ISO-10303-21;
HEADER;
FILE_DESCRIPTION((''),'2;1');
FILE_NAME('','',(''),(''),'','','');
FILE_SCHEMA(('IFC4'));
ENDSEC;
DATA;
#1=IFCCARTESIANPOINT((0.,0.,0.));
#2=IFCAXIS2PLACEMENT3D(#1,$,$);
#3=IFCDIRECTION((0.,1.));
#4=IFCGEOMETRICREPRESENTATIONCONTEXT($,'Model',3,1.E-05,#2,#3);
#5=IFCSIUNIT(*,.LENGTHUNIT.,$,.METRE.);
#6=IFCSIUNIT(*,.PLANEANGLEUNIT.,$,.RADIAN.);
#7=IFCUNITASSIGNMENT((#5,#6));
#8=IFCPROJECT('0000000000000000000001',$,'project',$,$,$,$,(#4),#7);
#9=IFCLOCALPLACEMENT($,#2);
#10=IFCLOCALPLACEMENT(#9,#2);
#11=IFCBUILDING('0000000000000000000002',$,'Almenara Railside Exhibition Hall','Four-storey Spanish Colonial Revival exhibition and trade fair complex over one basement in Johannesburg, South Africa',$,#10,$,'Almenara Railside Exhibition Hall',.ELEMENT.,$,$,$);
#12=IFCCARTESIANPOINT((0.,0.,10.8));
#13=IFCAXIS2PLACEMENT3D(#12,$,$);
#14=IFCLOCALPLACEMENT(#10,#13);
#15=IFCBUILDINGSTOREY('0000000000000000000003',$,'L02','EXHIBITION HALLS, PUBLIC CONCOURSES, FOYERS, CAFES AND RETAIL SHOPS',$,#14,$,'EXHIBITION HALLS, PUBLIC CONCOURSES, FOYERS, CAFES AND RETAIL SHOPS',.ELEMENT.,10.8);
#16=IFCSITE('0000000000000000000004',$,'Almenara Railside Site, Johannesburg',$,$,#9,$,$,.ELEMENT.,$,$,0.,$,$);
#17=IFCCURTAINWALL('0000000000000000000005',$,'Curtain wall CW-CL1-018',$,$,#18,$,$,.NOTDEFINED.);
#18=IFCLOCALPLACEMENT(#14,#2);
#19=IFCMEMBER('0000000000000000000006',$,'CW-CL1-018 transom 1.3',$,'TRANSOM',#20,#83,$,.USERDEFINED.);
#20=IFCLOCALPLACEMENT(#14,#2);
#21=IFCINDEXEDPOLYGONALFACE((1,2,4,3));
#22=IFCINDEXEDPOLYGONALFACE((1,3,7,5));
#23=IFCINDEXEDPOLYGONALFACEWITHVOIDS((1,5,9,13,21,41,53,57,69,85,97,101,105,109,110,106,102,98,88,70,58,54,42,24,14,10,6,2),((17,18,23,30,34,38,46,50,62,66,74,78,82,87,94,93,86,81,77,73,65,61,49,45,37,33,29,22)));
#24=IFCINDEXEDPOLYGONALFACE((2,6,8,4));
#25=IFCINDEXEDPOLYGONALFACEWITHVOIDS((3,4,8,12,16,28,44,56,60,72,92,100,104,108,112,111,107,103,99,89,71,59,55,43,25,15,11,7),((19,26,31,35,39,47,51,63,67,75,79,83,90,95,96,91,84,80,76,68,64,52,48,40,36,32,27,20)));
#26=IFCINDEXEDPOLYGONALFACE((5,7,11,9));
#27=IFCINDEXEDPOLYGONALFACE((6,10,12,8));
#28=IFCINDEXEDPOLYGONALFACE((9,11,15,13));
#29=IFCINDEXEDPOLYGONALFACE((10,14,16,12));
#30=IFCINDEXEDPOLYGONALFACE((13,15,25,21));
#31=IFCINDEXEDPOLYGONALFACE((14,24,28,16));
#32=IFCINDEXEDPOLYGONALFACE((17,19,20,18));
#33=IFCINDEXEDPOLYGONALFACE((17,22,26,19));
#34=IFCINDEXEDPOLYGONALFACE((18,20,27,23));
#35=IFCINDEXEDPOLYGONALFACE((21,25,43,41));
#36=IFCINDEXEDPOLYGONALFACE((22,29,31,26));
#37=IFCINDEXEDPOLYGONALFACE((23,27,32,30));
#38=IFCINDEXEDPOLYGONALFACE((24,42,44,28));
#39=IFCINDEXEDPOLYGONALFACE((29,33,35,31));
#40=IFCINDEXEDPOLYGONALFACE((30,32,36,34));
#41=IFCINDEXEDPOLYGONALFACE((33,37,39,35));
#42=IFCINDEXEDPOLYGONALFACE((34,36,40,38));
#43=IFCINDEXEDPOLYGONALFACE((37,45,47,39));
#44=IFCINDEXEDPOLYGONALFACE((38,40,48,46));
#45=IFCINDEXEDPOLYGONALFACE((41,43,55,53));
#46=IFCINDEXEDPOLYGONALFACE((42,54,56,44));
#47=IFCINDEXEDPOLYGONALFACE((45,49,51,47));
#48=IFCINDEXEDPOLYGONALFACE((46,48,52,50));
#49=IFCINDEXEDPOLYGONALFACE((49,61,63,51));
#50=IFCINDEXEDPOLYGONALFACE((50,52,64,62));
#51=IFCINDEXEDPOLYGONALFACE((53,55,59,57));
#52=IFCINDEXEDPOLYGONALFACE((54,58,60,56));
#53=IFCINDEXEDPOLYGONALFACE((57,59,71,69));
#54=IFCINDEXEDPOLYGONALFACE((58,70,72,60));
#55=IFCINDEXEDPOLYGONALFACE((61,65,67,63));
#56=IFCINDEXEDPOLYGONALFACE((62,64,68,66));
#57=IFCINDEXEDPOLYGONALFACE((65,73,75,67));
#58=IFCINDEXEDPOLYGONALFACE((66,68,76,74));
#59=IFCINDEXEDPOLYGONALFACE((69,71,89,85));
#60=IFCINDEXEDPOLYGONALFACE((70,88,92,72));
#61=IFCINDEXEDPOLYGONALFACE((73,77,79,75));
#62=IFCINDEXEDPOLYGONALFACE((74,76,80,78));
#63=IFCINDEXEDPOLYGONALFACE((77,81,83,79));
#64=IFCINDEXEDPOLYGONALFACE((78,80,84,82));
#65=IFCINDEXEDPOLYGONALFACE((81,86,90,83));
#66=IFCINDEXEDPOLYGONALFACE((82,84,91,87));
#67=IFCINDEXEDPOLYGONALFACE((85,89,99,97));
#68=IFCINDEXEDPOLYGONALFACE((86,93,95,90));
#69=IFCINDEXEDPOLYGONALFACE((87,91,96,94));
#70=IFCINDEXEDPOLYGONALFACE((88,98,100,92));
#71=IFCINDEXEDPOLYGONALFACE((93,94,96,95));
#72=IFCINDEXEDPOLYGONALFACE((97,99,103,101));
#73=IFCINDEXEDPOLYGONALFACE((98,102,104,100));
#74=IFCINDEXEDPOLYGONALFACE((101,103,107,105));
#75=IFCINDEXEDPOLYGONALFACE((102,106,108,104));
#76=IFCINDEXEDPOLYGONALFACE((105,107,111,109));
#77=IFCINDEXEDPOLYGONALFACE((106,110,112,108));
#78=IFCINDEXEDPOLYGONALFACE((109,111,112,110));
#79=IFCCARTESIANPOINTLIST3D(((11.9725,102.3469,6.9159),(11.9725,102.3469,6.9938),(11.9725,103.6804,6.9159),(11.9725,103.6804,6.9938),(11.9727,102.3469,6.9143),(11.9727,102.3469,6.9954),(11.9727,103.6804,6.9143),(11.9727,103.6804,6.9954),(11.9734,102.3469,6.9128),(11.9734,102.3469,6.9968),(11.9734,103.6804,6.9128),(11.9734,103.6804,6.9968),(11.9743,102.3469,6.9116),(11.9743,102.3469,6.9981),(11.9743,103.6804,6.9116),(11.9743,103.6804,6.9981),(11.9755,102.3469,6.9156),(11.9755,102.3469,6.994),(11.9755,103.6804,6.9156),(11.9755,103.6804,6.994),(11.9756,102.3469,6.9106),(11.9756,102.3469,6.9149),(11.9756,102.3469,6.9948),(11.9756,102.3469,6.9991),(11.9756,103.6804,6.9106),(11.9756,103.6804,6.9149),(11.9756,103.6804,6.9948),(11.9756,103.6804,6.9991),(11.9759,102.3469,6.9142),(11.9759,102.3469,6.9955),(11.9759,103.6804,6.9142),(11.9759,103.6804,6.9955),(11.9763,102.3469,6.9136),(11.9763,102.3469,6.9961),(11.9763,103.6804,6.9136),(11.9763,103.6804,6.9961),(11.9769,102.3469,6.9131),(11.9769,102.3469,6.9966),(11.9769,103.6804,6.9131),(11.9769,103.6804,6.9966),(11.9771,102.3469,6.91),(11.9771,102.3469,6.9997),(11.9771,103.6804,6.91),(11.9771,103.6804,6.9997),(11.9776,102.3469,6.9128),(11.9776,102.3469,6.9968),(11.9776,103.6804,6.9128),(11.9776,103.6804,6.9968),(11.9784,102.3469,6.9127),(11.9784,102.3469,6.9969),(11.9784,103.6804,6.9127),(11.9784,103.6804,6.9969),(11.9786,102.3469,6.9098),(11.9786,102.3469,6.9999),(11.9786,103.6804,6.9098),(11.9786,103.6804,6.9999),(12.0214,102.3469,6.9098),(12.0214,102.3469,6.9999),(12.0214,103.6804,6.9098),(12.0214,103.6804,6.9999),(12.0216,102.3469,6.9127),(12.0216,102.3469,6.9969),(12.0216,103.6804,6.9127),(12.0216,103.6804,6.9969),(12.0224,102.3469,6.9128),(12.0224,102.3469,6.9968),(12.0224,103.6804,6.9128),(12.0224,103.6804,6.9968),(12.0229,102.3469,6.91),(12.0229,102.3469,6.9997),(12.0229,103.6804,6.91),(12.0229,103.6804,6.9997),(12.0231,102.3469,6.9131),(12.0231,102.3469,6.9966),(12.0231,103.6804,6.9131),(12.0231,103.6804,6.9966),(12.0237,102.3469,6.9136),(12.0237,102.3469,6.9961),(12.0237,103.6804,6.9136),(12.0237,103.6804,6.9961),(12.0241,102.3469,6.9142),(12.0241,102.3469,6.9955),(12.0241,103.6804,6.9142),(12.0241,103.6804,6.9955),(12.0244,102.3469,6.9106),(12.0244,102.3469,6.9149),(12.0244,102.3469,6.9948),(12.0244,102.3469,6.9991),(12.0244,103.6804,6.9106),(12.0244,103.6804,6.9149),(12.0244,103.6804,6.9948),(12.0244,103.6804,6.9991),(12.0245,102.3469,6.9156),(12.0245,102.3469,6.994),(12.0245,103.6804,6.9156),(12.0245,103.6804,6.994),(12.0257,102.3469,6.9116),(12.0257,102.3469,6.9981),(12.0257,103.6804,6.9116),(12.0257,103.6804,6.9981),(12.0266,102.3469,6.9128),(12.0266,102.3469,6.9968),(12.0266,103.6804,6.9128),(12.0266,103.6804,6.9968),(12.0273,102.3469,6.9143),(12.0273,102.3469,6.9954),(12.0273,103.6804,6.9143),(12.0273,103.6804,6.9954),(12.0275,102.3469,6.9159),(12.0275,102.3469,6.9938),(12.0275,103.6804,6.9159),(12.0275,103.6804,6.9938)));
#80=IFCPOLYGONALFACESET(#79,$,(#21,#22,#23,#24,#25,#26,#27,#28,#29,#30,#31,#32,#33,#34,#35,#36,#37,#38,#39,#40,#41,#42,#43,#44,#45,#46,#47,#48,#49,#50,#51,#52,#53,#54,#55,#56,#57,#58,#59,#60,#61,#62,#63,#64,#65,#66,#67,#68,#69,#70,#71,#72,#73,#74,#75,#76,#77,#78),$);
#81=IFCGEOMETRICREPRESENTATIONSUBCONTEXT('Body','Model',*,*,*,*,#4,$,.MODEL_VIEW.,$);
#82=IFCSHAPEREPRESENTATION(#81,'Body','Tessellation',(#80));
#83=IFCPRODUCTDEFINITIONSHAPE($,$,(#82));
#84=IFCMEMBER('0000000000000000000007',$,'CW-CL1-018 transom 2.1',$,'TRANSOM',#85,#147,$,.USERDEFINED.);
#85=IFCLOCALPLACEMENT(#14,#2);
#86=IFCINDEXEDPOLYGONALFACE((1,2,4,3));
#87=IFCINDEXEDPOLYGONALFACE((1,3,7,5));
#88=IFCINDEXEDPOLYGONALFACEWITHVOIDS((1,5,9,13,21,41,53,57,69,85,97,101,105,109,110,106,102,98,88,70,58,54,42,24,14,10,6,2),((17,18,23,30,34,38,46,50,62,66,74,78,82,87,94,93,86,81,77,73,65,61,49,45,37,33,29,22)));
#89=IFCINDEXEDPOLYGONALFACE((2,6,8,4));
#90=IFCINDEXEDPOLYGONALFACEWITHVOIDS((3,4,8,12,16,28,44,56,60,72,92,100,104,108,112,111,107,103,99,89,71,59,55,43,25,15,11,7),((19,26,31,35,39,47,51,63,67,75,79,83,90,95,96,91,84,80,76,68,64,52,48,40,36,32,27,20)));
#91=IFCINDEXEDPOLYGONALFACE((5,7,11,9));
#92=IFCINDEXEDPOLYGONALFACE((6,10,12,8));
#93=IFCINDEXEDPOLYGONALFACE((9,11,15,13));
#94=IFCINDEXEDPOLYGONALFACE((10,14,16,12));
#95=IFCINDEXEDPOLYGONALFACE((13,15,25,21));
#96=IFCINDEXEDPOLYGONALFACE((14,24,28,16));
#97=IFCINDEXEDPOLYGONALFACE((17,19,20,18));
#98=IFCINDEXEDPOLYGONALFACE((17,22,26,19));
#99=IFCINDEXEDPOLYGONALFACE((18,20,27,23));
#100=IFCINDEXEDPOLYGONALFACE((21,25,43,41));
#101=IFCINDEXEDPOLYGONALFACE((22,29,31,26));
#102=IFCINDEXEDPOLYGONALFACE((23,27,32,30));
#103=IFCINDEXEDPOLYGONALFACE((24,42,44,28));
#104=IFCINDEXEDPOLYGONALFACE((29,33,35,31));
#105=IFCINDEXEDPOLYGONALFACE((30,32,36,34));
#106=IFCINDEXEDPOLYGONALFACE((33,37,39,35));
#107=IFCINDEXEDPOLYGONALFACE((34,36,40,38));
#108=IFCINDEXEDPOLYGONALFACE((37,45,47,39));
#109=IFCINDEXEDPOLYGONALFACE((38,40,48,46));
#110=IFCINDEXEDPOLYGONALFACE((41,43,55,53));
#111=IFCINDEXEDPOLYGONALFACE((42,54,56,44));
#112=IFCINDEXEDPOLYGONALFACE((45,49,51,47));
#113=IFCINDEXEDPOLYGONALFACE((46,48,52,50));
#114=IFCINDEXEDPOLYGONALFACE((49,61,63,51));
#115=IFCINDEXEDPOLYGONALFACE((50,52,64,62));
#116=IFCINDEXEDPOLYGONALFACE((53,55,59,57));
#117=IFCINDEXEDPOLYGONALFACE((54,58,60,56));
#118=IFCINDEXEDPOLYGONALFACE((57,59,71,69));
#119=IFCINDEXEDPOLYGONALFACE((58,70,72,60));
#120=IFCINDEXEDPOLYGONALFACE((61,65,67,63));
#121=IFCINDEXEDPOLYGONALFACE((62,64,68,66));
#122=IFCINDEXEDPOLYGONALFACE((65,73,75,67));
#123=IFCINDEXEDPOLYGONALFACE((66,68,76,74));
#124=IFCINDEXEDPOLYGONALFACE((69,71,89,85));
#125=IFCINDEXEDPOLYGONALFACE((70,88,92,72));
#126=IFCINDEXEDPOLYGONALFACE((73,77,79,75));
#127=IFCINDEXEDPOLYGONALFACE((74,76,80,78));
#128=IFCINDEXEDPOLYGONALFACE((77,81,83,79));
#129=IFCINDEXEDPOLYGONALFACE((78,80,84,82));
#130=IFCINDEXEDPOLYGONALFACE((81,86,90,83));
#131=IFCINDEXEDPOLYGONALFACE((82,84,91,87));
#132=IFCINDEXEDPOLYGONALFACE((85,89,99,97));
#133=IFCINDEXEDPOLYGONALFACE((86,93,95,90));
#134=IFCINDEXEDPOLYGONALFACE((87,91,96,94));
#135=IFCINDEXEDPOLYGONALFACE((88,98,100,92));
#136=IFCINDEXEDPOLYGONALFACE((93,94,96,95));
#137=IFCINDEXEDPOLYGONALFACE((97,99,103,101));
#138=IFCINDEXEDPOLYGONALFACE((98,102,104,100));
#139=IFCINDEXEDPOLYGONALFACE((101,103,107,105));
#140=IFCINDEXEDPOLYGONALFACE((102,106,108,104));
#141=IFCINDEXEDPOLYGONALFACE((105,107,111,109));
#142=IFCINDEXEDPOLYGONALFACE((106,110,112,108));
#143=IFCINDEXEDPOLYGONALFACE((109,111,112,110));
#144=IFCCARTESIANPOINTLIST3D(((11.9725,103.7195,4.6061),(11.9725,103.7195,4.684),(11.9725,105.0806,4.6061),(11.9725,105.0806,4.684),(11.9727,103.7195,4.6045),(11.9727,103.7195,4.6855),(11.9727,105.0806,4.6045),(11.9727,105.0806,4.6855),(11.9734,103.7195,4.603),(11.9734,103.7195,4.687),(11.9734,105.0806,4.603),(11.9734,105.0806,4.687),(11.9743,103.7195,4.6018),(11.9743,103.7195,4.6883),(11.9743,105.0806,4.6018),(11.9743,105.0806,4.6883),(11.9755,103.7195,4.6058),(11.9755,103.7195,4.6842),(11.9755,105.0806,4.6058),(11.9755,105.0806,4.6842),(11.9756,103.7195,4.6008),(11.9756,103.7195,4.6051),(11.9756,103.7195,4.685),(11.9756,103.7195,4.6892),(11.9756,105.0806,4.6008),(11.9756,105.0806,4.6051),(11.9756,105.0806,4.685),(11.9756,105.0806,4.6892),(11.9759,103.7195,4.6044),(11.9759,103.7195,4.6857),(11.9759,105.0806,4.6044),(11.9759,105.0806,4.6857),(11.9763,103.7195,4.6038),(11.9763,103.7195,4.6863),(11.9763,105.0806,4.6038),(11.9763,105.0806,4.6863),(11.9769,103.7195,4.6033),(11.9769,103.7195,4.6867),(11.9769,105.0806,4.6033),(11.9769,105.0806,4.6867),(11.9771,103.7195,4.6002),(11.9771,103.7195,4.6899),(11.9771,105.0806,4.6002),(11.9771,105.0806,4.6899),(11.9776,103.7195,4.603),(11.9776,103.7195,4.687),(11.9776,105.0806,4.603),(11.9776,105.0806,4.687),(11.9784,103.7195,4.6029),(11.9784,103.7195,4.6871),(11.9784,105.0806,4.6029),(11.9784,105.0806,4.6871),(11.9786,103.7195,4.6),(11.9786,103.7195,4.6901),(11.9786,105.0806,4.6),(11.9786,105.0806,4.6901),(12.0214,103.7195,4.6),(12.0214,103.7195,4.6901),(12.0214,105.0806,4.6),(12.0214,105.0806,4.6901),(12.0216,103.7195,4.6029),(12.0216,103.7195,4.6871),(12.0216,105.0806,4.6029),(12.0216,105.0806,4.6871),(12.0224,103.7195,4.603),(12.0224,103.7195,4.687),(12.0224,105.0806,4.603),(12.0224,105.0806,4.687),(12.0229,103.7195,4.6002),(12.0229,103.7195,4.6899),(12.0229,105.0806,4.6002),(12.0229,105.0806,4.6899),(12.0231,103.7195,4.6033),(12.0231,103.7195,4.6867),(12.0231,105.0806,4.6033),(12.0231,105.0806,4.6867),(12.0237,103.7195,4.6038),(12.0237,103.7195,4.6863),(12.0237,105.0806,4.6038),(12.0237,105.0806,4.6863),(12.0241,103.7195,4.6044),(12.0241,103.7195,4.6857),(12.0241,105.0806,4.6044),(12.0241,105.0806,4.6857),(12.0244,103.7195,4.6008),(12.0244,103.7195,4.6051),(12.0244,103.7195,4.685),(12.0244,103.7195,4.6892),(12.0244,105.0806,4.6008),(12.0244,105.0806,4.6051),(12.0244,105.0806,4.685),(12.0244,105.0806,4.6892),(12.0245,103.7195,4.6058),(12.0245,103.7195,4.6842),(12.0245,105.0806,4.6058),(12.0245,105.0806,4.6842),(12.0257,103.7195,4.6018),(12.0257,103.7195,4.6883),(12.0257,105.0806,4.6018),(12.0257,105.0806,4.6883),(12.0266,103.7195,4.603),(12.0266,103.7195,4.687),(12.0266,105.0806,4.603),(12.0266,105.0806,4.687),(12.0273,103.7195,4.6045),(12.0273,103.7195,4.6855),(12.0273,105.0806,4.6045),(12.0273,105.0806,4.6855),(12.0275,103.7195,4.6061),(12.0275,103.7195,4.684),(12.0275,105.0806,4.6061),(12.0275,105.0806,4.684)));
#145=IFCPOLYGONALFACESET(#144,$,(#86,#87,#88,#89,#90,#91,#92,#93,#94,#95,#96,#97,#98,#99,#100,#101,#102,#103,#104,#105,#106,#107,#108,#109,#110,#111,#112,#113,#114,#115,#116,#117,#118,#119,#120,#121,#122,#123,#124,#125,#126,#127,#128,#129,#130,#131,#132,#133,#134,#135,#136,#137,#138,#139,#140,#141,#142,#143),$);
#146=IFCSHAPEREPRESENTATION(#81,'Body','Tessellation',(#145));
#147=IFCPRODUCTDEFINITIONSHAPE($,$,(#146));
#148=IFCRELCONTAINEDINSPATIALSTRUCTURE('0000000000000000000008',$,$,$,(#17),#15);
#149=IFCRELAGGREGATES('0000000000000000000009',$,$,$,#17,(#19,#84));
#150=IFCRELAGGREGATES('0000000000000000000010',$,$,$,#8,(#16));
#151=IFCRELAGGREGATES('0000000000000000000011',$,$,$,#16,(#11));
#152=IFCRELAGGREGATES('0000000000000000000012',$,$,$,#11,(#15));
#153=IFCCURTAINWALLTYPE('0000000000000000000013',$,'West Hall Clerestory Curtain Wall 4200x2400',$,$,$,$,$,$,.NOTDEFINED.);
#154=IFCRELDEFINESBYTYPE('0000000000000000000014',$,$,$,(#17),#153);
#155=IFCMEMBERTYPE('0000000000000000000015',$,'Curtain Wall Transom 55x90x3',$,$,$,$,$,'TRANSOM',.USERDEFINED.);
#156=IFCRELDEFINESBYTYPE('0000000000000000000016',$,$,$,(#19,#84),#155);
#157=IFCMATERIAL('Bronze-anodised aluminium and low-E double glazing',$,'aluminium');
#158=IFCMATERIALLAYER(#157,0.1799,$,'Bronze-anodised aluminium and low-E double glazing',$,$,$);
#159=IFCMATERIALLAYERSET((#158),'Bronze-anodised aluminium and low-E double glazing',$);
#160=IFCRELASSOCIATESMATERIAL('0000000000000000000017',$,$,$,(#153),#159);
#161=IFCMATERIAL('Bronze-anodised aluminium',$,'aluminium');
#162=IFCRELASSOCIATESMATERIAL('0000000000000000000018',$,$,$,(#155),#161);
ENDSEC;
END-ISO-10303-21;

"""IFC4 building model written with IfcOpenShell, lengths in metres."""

from ifc_helpers import new_model, si_unit, direction, frame, origin, origin_2d, place, context, subcontext, project, spatial, hollow_rectangle, extrude, material, layer, layer_set, material_profile, profile_set, type_object, element, aggregate, save


model = new_model("IFC4")

# Units and contexts
model_context = context("Model", 3, precision=1e-05, world=origin(), true_north=direction((0.0, 1.0)))
body_context = subcontext(model_context, "Body", "Model", "MODEL_VIEW")
ifc_project = project(units=[si_unit("LENGTHUNIT", "METRE"), si_unit("PLANEANGLEUNIT", "RADIAN")], contexts=[model_context])

# Site, building, storey
site_placement = place(None, origin())
site = spatial("IfcSite", under=ifc_project, at=site_placement, Name="Almenara Railside Site, Johannesburg", CompositionType="ELEMENT", RefElevation=0.0)
building_placement = place(site_placement, origin())
building = spatial("IfcBuilding", under=site, at=building_placement, Name="Almenara Railside Exhibition Hall", Description="Four-storey Spanish Colonial Revival exhibition and trade fair complex over one basement in Johannesburg, South Africa", LongName="Almenara Railside Exhibition Hall", CompositionType="ELEMENT")
storey_placement = place(building_placement, frame((0.0, 0.0, 10.8)))
storey = spatial("IfcBuildingStorey", under=building, at=storey_placement, Name="L02", Description="EXHIBITION HALLS, PUBLIC CONCOURSES, FOYERS, CAFES AND RETAIL SHOPS", LongName="EXHIBITION HALLS, PUBLIC CONCOURSES, FOYERS, CAFES AND RETAIL SHOPS", CompositionType="ELEMENT", Elevation=10.8)

# Curtain wall
ifc_material_1 = material(Name="Bronze-anodised aluminium and low-E double glazing", Category="aluminium")
ifc_layer_1 = layer(ifc_material_1, 0.1799, Name="Bronze-anodised aluminium and low-E double glazing")
ifc_layer_set_1 = layer_set([ifc_layer_1], Name="Bronze-anodised aluminium and low-E double glazing")
curtain_wall_type = type_object("IfcCurtainWallType", Name="West Hall Clerestory Curtain Wall 4200x2400", PredefinedType="NOTDEFINED", material=ifc_layer_set_1)
curtain_wall_1_placement = place(storey_placement, origin())
curtain_wall_1 = element("IfcCurtainWall", 1, at=curtain_wall_1_placement, inside=storey, type_object=curtain_wall_type, Name="Curtain wall CW-CL1-018", PredefinedType="NOTDEFINED")
ifc_material_2 = material(Name="Bronze-anodised aluminium", Category="aluminium")

# Members
ifc_material_profile_1 = material_profile(ifc_material_2, hollow_rectangle(XDim=0.0549, YDim=0.0901, WallThickness=0.0029, InnerFilletRadius=0.0029, OuterFilletRadius=0.0061, at=origin_2d()), Name="ALU-TRN 55x90x3")
ifc_profile_set_1 = profile_set([ifc_material_profile_1], Name="Bronze-anodised aluminium")
member_type_1 = type_object("IfcMemberType", Name="Curtain Wall Transom 55x90x3", ElementType="TRANSOM", PredefinedType="USERDEFINED", material=ifc_profile_set_1)
member_1_placement = place(storey_placement, frame((12.0, 102.3469, 6.9548), z_axis=(0.0, 1.0, 0.0), x_axis=(-1.0, 0.0, 0.0)))
member_1 = element("IfcMember", 2, at=member_1_placement, type_object=member_type_1, Name="CW-CL1-018 transom 1.3", ObjectType="TRANSOM", PredefinedType="USERDEFINED", context=body_context, shape_type="SweptSolid", body=[
    extrude(hollow_rectangle(XDim=0.0549, YDim=0.0901, WallThickness=0.0029, InnerFilletRadius=0.0029, OuterFilletRadius=0.0061, at=origin_2d()), origin(), (0.0, 0.0, 1.0), 1.3335),
])
member_2_placement = place(storey_placement, frame((12.0, 103.7195, 4.645), z_axis=(0.0, 1.0, 0.0), x_axis=(-1.0, 0.0, 0.0)))
member_2 = element("IfcMember", 3, at=member_2_placement, type_object=member_type_1, Name="CW-CL1-018 transom 2.1", ObjectType="TRANSOM", PredefinedType="USERDEFINED", context=body_context, shape_type="SweptSolid", body=[
    extrude(hollow_rectangle(XDim=0.0549, YDim=0.0901, WallThickness=0.0029, InnerFilletRadius=0.0029, OuterFilletRadius=0.0061, at=origin_2d()), origin(), (0.0, 0.0, 1.0), 1.3611),
])

aggregate(curtain_wall_1, [member_1, member_2])

save(model, "model.ifc")
